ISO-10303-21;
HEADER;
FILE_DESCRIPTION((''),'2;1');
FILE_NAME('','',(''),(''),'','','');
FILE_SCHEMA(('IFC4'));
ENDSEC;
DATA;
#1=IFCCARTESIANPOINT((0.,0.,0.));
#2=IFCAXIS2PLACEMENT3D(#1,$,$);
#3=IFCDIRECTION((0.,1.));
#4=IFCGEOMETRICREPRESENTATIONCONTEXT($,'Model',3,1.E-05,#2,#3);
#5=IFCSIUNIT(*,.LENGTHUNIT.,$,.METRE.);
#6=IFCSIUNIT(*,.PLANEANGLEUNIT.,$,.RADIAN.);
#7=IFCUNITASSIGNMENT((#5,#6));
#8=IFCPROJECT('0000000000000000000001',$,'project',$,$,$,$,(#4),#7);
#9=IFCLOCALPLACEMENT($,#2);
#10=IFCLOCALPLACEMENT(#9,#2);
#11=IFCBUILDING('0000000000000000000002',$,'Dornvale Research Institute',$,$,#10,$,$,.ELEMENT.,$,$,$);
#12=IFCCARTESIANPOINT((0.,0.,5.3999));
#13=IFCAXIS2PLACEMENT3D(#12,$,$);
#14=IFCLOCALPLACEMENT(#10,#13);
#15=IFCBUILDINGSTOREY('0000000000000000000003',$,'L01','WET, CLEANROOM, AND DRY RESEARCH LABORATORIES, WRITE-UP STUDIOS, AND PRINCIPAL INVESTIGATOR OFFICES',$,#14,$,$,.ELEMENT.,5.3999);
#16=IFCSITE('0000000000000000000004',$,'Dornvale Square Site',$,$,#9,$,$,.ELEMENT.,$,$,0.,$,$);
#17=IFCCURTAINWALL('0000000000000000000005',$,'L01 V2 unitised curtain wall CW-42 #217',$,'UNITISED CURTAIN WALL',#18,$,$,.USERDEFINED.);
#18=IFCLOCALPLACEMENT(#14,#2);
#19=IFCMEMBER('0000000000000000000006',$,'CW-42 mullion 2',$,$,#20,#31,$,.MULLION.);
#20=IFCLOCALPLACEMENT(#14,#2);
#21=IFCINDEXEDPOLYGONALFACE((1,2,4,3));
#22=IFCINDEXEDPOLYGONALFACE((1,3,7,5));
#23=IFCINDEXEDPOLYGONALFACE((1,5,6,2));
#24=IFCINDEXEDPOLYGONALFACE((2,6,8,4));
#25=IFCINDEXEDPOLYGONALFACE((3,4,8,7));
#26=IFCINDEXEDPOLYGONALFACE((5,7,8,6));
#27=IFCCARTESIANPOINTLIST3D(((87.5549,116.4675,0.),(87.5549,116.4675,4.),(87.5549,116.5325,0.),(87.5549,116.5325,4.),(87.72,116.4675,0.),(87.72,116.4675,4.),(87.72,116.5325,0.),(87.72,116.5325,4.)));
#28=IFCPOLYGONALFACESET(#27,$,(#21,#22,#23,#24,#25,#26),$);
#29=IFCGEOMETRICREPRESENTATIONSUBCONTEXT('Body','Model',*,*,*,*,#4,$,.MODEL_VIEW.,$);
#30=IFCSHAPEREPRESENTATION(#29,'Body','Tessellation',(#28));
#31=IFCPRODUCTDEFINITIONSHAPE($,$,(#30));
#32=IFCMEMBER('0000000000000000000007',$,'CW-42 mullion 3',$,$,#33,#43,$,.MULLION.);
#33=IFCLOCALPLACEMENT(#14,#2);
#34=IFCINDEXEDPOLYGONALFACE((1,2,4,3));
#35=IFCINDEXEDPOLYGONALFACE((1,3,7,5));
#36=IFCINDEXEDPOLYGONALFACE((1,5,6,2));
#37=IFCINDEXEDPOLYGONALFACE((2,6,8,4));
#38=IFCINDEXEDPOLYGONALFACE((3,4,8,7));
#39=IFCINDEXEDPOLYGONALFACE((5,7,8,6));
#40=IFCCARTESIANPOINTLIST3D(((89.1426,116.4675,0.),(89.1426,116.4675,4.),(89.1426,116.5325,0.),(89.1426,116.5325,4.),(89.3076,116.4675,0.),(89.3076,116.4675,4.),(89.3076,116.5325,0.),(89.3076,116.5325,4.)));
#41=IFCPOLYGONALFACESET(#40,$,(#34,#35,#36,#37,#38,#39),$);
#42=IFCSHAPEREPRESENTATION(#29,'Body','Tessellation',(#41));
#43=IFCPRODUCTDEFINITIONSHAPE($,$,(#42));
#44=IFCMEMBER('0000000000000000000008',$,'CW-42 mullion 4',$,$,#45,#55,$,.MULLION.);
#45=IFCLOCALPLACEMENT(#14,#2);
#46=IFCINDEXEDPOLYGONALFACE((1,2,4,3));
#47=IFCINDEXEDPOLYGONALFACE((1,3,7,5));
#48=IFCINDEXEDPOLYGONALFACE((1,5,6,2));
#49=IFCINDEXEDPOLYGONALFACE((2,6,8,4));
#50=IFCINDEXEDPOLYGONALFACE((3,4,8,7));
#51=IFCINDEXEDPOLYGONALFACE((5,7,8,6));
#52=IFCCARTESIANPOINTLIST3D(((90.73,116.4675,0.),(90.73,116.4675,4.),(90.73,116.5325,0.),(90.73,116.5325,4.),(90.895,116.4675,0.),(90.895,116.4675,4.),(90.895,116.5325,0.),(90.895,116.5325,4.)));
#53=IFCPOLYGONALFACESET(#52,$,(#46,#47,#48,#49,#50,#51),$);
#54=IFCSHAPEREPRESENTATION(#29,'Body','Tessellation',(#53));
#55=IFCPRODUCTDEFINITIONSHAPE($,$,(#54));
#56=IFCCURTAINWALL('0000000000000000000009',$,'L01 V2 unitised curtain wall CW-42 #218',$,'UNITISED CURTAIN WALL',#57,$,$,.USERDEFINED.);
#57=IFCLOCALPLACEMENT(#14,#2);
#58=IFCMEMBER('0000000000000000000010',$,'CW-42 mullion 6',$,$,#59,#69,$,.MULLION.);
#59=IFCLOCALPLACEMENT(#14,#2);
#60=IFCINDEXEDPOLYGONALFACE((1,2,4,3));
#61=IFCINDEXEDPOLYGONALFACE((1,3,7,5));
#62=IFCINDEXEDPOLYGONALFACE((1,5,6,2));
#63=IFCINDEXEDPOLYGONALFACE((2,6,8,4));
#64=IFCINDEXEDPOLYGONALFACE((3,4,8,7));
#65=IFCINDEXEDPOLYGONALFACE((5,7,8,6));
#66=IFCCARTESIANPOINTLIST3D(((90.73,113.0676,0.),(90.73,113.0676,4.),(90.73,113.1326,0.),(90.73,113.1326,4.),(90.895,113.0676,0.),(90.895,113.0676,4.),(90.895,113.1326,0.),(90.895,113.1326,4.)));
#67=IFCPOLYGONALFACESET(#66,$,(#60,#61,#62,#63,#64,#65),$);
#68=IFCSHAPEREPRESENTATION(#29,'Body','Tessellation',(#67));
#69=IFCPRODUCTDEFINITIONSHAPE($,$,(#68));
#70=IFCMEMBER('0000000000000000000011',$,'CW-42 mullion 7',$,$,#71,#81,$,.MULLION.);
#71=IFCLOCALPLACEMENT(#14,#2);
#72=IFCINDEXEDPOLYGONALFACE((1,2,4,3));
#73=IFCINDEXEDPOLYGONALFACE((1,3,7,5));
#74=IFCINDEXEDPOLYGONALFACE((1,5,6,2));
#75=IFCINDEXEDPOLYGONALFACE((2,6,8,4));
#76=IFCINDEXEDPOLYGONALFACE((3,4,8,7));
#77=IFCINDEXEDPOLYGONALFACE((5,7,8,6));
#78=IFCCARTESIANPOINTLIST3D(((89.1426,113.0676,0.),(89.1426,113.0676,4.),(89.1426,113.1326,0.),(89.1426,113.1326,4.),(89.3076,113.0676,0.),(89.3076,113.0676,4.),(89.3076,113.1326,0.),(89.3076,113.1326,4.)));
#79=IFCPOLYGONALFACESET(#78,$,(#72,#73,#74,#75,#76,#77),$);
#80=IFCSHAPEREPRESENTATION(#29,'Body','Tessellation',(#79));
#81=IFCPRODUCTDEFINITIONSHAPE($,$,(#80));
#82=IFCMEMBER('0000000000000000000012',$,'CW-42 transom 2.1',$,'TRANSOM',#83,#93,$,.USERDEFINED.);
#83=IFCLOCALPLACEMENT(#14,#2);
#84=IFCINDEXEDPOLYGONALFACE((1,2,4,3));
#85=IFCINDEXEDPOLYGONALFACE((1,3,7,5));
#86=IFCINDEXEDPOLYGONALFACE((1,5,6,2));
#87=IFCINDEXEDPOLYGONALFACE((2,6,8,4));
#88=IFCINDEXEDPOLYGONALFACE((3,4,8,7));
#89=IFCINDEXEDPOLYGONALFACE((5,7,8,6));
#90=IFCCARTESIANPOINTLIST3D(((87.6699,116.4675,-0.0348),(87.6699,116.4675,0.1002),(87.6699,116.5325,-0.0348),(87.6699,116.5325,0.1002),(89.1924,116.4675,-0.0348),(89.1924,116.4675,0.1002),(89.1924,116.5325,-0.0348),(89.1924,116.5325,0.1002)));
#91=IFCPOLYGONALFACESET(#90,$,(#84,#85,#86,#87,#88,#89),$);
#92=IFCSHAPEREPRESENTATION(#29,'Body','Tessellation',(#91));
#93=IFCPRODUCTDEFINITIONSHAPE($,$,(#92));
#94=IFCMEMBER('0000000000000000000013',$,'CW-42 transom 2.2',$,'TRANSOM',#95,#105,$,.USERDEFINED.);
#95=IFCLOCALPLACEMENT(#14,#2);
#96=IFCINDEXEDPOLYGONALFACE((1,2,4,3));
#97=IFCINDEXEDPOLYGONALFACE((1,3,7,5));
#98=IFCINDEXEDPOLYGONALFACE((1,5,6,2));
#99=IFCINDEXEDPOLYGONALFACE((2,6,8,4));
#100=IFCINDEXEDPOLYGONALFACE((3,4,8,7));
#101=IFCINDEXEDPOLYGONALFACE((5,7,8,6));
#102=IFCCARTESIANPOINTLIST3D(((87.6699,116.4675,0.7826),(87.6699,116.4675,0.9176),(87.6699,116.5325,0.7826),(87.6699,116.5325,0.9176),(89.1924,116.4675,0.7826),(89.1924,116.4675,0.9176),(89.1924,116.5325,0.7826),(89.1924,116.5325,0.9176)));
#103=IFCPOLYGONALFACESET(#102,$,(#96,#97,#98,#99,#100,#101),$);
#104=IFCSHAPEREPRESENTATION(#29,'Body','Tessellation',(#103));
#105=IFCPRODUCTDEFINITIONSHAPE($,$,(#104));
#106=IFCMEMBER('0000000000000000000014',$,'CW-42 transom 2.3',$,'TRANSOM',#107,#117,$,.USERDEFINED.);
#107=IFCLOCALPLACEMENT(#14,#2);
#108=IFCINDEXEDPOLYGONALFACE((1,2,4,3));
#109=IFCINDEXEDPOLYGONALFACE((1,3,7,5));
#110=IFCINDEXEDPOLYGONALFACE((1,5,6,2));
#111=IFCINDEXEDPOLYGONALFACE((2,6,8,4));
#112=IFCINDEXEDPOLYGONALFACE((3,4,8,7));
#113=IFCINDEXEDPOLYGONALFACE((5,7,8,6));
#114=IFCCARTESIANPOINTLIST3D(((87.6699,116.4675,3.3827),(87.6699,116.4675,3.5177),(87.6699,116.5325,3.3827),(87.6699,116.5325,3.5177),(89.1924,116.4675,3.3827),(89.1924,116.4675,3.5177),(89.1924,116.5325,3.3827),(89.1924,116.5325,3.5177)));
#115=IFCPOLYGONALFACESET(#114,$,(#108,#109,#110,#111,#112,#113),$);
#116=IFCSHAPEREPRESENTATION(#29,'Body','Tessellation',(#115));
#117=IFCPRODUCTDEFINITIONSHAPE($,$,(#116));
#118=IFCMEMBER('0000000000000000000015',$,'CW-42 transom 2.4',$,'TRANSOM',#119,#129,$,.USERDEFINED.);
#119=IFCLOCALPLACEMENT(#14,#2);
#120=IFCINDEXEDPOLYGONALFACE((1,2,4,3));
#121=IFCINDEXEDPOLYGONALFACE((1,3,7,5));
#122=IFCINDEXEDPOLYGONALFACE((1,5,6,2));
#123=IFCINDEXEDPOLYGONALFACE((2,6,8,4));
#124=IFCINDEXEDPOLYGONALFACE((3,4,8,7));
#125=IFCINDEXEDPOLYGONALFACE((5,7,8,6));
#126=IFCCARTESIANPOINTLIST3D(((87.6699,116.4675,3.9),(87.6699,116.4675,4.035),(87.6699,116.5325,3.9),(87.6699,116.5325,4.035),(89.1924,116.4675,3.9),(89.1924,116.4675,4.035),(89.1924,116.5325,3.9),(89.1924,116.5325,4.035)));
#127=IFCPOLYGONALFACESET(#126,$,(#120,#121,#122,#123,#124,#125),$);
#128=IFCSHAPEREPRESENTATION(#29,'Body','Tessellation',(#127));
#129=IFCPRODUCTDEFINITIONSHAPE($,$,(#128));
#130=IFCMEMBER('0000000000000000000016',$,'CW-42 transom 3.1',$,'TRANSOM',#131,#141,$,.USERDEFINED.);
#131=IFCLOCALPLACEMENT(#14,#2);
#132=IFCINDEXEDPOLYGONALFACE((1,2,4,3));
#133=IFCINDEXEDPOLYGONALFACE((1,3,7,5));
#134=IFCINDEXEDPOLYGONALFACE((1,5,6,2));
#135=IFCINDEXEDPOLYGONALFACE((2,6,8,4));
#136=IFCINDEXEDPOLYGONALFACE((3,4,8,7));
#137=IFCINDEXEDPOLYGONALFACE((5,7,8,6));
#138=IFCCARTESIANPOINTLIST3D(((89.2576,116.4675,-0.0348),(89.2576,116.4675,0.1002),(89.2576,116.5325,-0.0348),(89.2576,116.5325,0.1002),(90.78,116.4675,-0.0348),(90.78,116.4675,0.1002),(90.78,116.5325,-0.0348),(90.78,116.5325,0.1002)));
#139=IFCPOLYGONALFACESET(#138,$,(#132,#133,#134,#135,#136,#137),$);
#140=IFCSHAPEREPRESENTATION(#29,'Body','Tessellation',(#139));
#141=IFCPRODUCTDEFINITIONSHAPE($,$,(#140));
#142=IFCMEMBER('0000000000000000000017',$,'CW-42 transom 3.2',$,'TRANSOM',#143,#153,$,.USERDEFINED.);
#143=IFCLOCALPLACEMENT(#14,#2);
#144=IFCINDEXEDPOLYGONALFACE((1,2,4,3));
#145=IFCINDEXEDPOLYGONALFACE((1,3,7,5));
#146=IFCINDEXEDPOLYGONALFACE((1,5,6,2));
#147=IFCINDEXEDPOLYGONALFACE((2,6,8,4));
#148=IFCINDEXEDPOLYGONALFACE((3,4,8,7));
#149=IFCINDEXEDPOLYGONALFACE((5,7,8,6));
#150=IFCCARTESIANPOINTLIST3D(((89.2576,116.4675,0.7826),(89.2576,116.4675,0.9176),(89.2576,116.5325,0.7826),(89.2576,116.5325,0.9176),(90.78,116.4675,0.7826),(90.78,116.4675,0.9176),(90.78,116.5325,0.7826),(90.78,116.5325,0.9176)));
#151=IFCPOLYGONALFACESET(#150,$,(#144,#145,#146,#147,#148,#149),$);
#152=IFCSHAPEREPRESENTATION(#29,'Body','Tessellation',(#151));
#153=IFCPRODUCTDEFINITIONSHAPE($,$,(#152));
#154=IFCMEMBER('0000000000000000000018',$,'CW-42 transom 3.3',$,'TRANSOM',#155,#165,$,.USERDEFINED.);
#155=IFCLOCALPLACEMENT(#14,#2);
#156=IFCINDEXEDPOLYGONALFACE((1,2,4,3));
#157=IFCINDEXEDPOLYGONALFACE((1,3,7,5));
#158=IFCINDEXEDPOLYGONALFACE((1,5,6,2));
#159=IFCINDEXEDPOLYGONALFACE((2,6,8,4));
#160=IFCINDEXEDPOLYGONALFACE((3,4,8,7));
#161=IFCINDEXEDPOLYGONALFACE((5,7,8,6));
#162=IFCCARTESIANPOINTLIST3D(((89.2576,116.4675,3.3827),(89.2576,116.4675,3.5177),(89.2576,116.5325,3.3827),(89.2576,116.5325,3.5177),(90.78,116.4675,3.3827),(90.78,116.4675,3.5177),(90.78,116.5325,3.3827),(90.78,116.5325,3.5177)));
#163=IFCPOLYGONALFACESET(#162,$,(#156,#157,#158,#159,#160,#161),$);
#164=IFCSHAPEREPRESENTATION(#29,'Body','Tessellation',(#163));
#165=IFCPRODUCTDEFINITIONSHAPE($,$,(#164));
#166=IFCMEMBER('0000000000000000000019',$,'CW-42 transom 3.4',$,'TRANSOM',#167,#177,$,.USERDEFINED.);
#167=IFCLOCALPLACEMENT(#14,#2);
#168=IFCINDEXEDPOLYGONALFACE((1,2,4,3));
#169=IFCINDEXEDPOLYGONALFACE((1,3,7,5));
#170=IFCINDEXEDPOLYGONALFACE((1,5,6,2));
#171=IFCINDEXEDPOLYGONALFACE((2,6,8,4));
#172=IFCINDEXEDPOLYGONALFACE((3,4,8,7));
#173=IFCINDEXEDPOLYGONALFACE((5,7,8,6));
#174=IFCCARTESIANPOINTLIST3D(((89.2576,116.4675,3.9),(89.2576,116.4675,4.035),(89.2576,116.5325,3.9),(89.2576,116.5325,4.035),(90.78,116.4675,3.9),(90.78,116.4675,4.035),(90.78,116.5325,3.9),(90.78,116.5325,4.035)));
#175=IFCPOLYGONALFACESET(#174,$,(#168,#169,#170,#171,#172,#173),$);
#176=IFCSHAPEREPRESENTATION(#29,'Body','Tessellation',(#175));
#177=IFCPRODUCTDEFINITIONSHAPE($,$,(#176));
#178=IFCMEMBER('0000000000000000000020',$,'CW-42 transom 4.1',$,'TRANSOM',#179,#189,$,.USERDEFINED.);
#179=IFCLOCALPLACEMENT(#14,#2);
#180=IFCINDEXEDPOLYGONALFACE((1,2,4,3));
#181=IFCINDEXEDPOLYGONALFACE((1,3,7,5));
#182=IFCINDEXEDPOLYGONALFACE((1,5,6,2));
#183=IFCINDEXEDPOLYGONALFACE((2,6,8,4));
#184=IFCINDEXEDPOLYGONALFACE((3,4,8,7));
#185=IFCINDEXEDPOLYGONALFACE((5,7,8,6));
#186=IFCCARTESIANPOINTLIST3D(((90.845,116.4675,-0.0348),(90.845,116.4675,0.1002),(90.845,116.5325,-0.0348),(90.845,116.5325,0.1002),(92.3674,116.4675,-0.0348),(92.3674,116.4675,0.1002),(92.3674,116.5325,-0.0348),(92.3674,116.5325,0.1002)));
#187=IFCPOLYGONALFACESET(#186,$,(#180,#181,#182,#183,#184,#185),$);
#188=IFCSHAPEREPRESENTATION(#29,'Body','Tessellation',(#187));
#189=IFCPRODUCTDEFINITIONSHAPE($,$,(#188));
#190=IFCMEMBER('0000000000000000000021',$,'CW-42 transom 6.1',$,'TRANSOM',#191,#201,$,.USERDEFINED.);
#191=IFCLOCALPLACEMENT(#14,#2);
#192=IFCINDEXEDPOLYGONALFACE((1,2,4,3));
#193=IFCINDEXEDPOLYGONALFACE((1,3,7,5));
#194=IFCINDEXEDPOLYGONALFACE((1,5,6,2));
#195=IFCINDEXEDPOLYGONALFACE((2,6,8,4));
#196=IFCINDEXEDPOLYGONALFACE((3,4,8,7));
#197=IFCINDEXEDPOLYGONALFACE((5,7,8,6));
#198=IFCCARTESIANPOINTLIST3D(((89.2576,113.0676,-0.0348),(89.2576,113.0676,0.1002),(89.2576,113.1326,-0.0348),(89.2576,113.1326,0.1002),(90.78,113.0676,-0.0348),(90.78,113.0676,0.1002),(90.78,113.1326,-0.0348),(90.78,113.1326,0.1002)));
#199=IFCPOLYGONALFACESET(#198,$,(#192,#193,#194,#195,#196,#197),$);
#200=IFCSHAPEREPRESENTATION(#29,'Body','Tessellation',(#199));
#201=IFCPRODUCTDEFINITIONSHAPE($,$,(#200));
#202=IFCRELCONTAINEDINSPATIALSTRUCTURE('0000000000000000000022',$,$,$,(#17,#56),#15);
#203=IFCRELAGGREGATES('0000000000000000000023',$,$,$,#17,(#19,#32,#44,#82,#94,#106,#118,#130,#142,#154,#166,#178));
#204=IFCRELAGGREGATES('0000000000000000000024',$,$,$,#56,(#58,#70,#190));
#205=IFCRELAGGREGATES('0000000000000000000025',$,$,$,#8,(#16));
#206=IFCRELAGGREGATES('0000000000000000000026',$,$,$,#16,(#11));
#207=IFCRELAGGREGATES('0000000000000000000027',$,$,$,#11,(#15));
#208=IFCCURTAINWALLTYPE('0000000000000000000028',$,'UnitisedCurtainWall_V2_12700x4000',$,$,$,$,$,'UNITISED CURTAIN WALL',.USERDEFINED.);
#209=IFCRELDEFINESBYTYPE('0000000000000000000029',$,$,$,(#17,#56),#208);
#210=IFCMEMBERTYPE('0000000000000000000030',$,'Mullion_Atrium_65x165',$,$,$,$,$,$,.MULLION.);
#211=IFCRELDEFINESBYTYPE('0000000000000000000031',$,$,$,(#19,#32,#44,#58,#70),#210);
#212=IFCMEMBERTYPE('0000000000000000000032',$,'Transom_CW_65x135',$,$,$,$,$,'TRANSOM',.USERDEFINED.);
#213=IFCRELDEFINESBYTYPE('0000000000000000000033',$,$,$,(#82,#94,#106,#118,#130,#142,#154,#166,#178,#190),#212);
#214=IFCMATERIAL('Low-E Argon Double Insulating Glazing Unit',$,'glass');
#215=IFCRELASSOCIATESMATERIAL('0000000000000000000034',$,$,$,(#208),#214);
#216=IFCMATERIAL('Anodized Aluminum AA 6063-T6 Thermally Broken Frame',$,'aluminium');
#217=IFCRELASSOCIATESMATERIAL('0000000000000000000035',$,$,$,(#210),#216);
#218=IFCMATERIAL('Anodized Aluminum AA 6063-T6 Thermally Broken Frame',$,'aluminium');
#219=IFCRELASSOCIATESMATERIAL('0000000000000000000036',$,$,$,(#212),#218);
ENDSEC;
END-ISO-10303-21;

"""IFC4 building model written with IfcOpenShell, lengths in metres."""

from ifc_helpers import new_model, si_unit, direction, frame, origin, origin_2d, place, context, subcontext, project, spatial, rectangle, extrude, material, material_profile, profile_set, type_object, element, aggregate, save


model = new_model("IFC4")

# Units and contexts
model_context = context("Model", 3, precision=1e-05, world=origin(), true_north=direction((0.0, 1.0)))
body_context = subcontext(model_context, "Body", "Model", "MODEL_VIEW")
ifc_project = project(units=[si_unit("LENGTHUNIT", "METRE"), si_unit("PLANEANGLEUNIT", "RADIAN")], contexts=[model_context])

# Site, building, storey
site_placement = place(None, origin())
site = spatial("IfcSite", under=ifc_project, at=site_placement, Name="Dornvale Square Site", CompositionType="ELEMENT", RefElevation=0.0)
building_placement = place(site_placement, origin())
building = spatial("IfcBuilding", under=site, at=building_placement, Name="Dornvale Research Institute", CompositionType="ELEMENT")
storey_placement = place(building_placement, frame((0.0, 0.0, 5.3999)))
storey = spatial("IfcBuildingStorey", under=building, at=storey_placement, Name="L01", Description="WET, CLEANROOM, AND DRY RESEARCH LABORATORIES, WRITE-UP STUDIOS, AND PRINCIPAL INVESTIGATOR OFFICES", CompositionType="ELEMENT", Elevation=5.3999)

# Curtain walls, members
ifc_material_1 = material(Name="Low-E Argon Double Insulating Glazing Unit", Category="glass")
curtain_wall_type = type_object("IfcCurtainWallType", Name="UnitisedCurtainWall_V2_12700x4000", ElementType="UNITISED CURTAIN WALL", PredefinedType="USERDEFINED", material=ifc_material_1)
curtain_wall_1_placement = place(storey_placement, origin())
curtain_wall_1 = element("IfcCurtainWall", 1, at=curtain_wall_1_placement, inside=storey, type_object=curtain_wall_type, Name="L01 V2 unitised curtain wall CW-42 #217", ObjectType="UNITISED CURTAIN WALL", PredefinedType="USERDEFINED")
ifc_material_2 = material(Name="Anodized Aluminum AA 6063-T6 Thermally Broken Frame", Category="aluminium")
ifc_material_profile_1 = material_profile(ifc_material_2, rectangle(XDim=0.0649, YDim=0.165, at=origin_2d()), Name="ALU MULLION 65x165")
ifc_profile_set_1 = profile_set([ifc_material_profile_1], Name="Anodized Aluminum AA 6063-T6 Thermally Broken Frame")
member_type_1 = type_object("IfcMemberType", Name="Mullion_Atrium_65x165", PredefinedType="MULLION", material=ifc_profile_set_1)
member_1_placement = place(storey_placement, frame((87.6375, 116.5, 0.0), z_axis=(0.0, 0.0, 1.0), x_axis=(0.0, 1.0, 0.0)))
member_1 = element("IfcMember", 2, at=member_1_placement, type_object=member_type_1, Name="CW-42 mullion 2", PredefinedType="MULLION", context=body_context, shape_type="SweptSolid", body=[
    extrude(rectangle(XDim=0.0649, YDim=0.165, at=origin_2d()), origin(), (0.0, 0.0, 1.0), 4.0),
])
member_2_placement = place(storey_placement, frame((89.2251, 116.5, 0.0), z_axis=(0.0, 0.0, 1.0), x_axis=(0.0, 1.0, 0.0)))
member_2 = element("IfcMember", 3, at=member_2_placement, type_object=member_type_1, Name="CW-42 mullion 3", PredefinedType="MULLION", context=body_context, shape_type="SweptSolid", body=[
    extrude(rectangle(XDim=0.0649, YDim=0.165, at=origin_2d()), origin(), (0.0, 0.0, 1.0), 4.0),
])
member_3_placement = place(storey_placement, frame((90.8125, 116.5, 0.0), z_axis=(0.0, 0.0, 1.0), x_axis=(0.0, 1.0, 0.0)))
member_3 = element("IfcMember", 4, at=member_3_placement, type_object=member_type_1, Name="CW-42 mullion 4", PredefinedType="MULLION", context=body_context, shape_type="SweptSolid", body=[
    extrude(rectangle(XDim=0.0649, YDim=0.165, at=origin_2d()), origin(), (0.0, 0.0, 1.0), 4.0),
])
curtain_wall_2_placement = place(storey_placement, origin())
curtain_wall_2 = element("IfcCurtainWall", 5, at=curtain_wall_2_placement, inside=storey, type_object=curtain_wall_type, Name="L01 V2 unitised curtain wall CW-42 #218", ObjectType="UNITISED CURTAIN WALL", PredefinedType="USERDEFINED")
member_4_placement = place(storey_placement, frame((90.8125, 113.1001, 0.0), z_axis=(0.0, 0.0, 1.0), x_axis=(0.0, -1.0, 0.0)))
member_4 = element("IfcMember", 6, at=member_4_placement, type_object=member_type_1, Name="CW-42 mullion 6", PredefinedType="MULLION", context=body_context, shape_type="SweptSolid", body=[
    extrude(rectangle(XDim=0.0649, YDim=0.165, at=origin_2d()), origin(), (0.0, 0.0, 1.0), 4.0),
])
member_5_placement = place(storey_placement, frame((89.2251, 113.1001, 0.0), z_axis=(0.0, 0.0, 1.0), x_axis=(0.0, -1.0, 0.0)))
member_5 = element("IfcMember", 7, at=member_5_placement, type_object=member_type_1, Name="CW-42 mullion 7", PredefinedType="MULLION", context=body_context, shape_type="SweptSolid", body=[
    extrude(rectangle(XDim=0.0649, YDim=0.165, at=origin_2d()), origin(), (0.0, 0.0, 1.0), 4.0),
])

# Members
ifc_material_3 = material(Name="Anodized Aluminum AA 6063-T6 Thermally Broken Frame", Category="aluminium")
ifc_material_profile_2 = material_profile(ifc_material_3, rectangle(XDim=0.0649, YDim=0.135, at=origin_2d()), Name="ALU TRANSOM 65x135")
ifc_profile_set_2 = profile_set([ifc_material_profile_2], Name="Anodized Aluminum AA 6063-T6 Thermally Broken Frame")
member_type_2 = type_object("IfcMemberType", Name="Transom_CW_65x135", ElementType="TRANSOM", PredefinedType="USERDEFINED", material=ifc_profile_set_2)
member_6_placement = place(storey_placement, frame((87.6699, 116.5, 0.0327), z_axis=(1.0, 0.0, 0.0), x_axis=(0.0, 1.0, 0.0)))
member_6 = element("IfcMember", 8, at=member_6_placement, type_object=member_type_2, Name="CW-42 transom 2.1", ObjectType="TRANSOM", PredefinedType="USERDEFINED", context=body_context, shape_type="SweptSolid", body=[
    extrude(rectangle(XDim=0.0649, YDim=0.135, at=origin_2d()), origin(), (0.0, 0.0, 1.0), 1.5225),
])
member_7_placement = place(storey_placement, frame((87.6699, 116.5, 0.8501), z_axis=(1.0, 0.0, 0.0), x_axis=(0.0, 1.0, 0.0)))
member_7 = element("IfcMember", 9, at=member_7_placement, type_object=member_type_2, Name="CW-42 transom 2.2", ObjectType="TRANSOM", PredefinedType="USERDEFINED", context=body_context, shape_type="SweptSolid", body=[
    extrude(rectangle(XDim=0.0649, YDim=0.135, at=origin_2d()), origin(), (0.0, 0.0, 1.0), 1.5225),
])
member_8_placement = place(storey_placement, frame((87.6699, 116.5, 3.4502), z_axis=(1.0, 0.0, 0.0), x_axis=(0.0, 1.0, 0.0)))
member_8 = element("IfcMember", 10, at=member_8_placement, type_object=member_type_2, Name="CW-42 transom 2.3", ObjectType="TRANSOM", PredefinedType="USERDEFINED", context=body_context, shape_type="SweptSolid", body=[
    extrude(rectangle(XDim=0.0649, YDim=0.135, at=origin_2d()), origin(), (0.0, 0.0, 1.0), 1.5225),
])
member_9_placement = place(storey_placement, frame((87.6699, 116.5, 3.9675), z_axis=(1.0, 0.0, 0.0), x_axis=(0.0, 1.0, 0.0)))
member_9 = element("IfcMember", 11, at=member_9_placement, type_object=member_type_2, Name="CW-42 transom 2.4", ObjectType="TRANSOM", PredefinedType="USERDEFINED", context=body_context, shape_type="SweptSolid", body=[
    extrude(rectangle(XDim=0.0649, YDim=0.135, at=origin_2d()), origin(), (0.0, 0.0, 1.0), 1.5225),
])
member_10_placement = place(storey_placement, frame((89.2576, 116.5, 0.0327), z_axis=(1.0, 0.0, 0.0), x_axis=(0.0, 1.0, 0.0)))
member_10 = element("IfcMember", 12, at=member_10_placement, type_object=member_type_2, Name="CW-42 transom 3.1", ObjectType="TRANSOM", PredefinedType="USERDEFINED", context=body_context, shape_type="SweptSolid", body=[
    extrude(rectangle(XDim=0.0649, YDim=0.135, at=origin_2d()), origin(), (0.0, 0.0, 1.0), 1.5225),
])
member_11_placement = place(storey_placement, frame((89.2576, 116.5, 0.8501), z_axis=(1.0, 0.0, 0.0), x_axis=(0.0, 1.0, 0.0)))
member_11 = element("IfcMember", 13, at=member_11_placement, type_object=member_type_2, Name="CW-42 transom 3.2", ObjectType="TRANSOM", PredefinedType="USERDEFINED", context=body_context, shape_type="SweptSolid", body=[
    extrude(rectangle(XDim=0.0649, YDim=0.135, at=origin_2d()), origin(), (0.0, 0.0, 1.0), 1.5225),
])
member_12_placement = place(storey_placement, frame((89.2576, 116.5, 3.4502), z_axis=(1.0, 0.0, 0.0), x_axis=(0.0, 1.0, 0.0)))
member_12 = element("IfcMember", 14, at=member_12_placement, type_object=member_type_2, Name="CW-42 transom 3.3", ObjectType="TRANSOM", PredefinedType="USERDEFINED", context=body_context, shape_type="SweptSolid", body=[
    extrude(rectangle(XDim=0.0649, YDim=0.135, at=origin_2d()), origin(), (0.0, 0.0, 1.0), 1.5225),
])
member_13_placement = place(storey_placement, frame((89.2576, 116.5, 3.9675), z_axis=(1.0, 0.0, 0.0), x_axis=(0.0, 1.0, 0.0)))
member_13 = element("IfcMember", 15, at=member_13_placement, type_object=member_type_2, Name="CW-42 transom 3.4", ObjectType="TRANSOM", PredefinedType="USERDEFINED", context=body_context, shape_type="SweptSolid", body=[
    extrude(rectangle(XDim=0.0649, YDim=0.135, at=origin_2d()), origin(), (0.0, 0.0, 1.0), 1.5225),
])
member_14_placement = place(storey_placement, frame((90.845, 116.5, 0.0327), z_axis=(1.0, 0.0, 0.0), x_axis=(0.0, 1.0, 0.0)))
member_14 = element("IfcMember", 16, at=member_14_placement, type_object=member_type_2, Name="CW-42 transom 4.1", ObjectType="TRANSOM", PredefinedType="USERDEFINED", context=body_context, shape_type="SweptSolid", body=[
    extrude(rectangle(XDim=0.0649, YDim=0.135, at=origin_2d()), origin(), (0.0, 0.0, 1.0), 1.5225),
])
member_15_placement = place(storey_placement, frame((90.78, 113.1001, 0.0327), z_axis=(-1.0, 0.0, 0.0), x_axis=(0.0, -1.0, 0.0)))
member_15 = element("IfcMember", 17, at=member_15_placement, type_object=member_type_2, Name="CW-42 transom 6.1", ObjectType="TRANSOM", PredefinedType="USERDEFINED", context=body_context, shape_type="SweptSolid", body=[
    extrude(rectangle(XDim=0.0649, YDim=0.135, at=origin_2d()), origin(), (0.0, 0.0, 1.0), 1.5225),
])

aggregate(curtain_wall_1, [member_1, member_2, member_3, member_6, member_7, member_8, member_9, member_10, member_11, member_12, member_13, member_14])
aggregate(curtain_wall_2, [member_4, member_5, member_15])

save(model, "model.ifc")
